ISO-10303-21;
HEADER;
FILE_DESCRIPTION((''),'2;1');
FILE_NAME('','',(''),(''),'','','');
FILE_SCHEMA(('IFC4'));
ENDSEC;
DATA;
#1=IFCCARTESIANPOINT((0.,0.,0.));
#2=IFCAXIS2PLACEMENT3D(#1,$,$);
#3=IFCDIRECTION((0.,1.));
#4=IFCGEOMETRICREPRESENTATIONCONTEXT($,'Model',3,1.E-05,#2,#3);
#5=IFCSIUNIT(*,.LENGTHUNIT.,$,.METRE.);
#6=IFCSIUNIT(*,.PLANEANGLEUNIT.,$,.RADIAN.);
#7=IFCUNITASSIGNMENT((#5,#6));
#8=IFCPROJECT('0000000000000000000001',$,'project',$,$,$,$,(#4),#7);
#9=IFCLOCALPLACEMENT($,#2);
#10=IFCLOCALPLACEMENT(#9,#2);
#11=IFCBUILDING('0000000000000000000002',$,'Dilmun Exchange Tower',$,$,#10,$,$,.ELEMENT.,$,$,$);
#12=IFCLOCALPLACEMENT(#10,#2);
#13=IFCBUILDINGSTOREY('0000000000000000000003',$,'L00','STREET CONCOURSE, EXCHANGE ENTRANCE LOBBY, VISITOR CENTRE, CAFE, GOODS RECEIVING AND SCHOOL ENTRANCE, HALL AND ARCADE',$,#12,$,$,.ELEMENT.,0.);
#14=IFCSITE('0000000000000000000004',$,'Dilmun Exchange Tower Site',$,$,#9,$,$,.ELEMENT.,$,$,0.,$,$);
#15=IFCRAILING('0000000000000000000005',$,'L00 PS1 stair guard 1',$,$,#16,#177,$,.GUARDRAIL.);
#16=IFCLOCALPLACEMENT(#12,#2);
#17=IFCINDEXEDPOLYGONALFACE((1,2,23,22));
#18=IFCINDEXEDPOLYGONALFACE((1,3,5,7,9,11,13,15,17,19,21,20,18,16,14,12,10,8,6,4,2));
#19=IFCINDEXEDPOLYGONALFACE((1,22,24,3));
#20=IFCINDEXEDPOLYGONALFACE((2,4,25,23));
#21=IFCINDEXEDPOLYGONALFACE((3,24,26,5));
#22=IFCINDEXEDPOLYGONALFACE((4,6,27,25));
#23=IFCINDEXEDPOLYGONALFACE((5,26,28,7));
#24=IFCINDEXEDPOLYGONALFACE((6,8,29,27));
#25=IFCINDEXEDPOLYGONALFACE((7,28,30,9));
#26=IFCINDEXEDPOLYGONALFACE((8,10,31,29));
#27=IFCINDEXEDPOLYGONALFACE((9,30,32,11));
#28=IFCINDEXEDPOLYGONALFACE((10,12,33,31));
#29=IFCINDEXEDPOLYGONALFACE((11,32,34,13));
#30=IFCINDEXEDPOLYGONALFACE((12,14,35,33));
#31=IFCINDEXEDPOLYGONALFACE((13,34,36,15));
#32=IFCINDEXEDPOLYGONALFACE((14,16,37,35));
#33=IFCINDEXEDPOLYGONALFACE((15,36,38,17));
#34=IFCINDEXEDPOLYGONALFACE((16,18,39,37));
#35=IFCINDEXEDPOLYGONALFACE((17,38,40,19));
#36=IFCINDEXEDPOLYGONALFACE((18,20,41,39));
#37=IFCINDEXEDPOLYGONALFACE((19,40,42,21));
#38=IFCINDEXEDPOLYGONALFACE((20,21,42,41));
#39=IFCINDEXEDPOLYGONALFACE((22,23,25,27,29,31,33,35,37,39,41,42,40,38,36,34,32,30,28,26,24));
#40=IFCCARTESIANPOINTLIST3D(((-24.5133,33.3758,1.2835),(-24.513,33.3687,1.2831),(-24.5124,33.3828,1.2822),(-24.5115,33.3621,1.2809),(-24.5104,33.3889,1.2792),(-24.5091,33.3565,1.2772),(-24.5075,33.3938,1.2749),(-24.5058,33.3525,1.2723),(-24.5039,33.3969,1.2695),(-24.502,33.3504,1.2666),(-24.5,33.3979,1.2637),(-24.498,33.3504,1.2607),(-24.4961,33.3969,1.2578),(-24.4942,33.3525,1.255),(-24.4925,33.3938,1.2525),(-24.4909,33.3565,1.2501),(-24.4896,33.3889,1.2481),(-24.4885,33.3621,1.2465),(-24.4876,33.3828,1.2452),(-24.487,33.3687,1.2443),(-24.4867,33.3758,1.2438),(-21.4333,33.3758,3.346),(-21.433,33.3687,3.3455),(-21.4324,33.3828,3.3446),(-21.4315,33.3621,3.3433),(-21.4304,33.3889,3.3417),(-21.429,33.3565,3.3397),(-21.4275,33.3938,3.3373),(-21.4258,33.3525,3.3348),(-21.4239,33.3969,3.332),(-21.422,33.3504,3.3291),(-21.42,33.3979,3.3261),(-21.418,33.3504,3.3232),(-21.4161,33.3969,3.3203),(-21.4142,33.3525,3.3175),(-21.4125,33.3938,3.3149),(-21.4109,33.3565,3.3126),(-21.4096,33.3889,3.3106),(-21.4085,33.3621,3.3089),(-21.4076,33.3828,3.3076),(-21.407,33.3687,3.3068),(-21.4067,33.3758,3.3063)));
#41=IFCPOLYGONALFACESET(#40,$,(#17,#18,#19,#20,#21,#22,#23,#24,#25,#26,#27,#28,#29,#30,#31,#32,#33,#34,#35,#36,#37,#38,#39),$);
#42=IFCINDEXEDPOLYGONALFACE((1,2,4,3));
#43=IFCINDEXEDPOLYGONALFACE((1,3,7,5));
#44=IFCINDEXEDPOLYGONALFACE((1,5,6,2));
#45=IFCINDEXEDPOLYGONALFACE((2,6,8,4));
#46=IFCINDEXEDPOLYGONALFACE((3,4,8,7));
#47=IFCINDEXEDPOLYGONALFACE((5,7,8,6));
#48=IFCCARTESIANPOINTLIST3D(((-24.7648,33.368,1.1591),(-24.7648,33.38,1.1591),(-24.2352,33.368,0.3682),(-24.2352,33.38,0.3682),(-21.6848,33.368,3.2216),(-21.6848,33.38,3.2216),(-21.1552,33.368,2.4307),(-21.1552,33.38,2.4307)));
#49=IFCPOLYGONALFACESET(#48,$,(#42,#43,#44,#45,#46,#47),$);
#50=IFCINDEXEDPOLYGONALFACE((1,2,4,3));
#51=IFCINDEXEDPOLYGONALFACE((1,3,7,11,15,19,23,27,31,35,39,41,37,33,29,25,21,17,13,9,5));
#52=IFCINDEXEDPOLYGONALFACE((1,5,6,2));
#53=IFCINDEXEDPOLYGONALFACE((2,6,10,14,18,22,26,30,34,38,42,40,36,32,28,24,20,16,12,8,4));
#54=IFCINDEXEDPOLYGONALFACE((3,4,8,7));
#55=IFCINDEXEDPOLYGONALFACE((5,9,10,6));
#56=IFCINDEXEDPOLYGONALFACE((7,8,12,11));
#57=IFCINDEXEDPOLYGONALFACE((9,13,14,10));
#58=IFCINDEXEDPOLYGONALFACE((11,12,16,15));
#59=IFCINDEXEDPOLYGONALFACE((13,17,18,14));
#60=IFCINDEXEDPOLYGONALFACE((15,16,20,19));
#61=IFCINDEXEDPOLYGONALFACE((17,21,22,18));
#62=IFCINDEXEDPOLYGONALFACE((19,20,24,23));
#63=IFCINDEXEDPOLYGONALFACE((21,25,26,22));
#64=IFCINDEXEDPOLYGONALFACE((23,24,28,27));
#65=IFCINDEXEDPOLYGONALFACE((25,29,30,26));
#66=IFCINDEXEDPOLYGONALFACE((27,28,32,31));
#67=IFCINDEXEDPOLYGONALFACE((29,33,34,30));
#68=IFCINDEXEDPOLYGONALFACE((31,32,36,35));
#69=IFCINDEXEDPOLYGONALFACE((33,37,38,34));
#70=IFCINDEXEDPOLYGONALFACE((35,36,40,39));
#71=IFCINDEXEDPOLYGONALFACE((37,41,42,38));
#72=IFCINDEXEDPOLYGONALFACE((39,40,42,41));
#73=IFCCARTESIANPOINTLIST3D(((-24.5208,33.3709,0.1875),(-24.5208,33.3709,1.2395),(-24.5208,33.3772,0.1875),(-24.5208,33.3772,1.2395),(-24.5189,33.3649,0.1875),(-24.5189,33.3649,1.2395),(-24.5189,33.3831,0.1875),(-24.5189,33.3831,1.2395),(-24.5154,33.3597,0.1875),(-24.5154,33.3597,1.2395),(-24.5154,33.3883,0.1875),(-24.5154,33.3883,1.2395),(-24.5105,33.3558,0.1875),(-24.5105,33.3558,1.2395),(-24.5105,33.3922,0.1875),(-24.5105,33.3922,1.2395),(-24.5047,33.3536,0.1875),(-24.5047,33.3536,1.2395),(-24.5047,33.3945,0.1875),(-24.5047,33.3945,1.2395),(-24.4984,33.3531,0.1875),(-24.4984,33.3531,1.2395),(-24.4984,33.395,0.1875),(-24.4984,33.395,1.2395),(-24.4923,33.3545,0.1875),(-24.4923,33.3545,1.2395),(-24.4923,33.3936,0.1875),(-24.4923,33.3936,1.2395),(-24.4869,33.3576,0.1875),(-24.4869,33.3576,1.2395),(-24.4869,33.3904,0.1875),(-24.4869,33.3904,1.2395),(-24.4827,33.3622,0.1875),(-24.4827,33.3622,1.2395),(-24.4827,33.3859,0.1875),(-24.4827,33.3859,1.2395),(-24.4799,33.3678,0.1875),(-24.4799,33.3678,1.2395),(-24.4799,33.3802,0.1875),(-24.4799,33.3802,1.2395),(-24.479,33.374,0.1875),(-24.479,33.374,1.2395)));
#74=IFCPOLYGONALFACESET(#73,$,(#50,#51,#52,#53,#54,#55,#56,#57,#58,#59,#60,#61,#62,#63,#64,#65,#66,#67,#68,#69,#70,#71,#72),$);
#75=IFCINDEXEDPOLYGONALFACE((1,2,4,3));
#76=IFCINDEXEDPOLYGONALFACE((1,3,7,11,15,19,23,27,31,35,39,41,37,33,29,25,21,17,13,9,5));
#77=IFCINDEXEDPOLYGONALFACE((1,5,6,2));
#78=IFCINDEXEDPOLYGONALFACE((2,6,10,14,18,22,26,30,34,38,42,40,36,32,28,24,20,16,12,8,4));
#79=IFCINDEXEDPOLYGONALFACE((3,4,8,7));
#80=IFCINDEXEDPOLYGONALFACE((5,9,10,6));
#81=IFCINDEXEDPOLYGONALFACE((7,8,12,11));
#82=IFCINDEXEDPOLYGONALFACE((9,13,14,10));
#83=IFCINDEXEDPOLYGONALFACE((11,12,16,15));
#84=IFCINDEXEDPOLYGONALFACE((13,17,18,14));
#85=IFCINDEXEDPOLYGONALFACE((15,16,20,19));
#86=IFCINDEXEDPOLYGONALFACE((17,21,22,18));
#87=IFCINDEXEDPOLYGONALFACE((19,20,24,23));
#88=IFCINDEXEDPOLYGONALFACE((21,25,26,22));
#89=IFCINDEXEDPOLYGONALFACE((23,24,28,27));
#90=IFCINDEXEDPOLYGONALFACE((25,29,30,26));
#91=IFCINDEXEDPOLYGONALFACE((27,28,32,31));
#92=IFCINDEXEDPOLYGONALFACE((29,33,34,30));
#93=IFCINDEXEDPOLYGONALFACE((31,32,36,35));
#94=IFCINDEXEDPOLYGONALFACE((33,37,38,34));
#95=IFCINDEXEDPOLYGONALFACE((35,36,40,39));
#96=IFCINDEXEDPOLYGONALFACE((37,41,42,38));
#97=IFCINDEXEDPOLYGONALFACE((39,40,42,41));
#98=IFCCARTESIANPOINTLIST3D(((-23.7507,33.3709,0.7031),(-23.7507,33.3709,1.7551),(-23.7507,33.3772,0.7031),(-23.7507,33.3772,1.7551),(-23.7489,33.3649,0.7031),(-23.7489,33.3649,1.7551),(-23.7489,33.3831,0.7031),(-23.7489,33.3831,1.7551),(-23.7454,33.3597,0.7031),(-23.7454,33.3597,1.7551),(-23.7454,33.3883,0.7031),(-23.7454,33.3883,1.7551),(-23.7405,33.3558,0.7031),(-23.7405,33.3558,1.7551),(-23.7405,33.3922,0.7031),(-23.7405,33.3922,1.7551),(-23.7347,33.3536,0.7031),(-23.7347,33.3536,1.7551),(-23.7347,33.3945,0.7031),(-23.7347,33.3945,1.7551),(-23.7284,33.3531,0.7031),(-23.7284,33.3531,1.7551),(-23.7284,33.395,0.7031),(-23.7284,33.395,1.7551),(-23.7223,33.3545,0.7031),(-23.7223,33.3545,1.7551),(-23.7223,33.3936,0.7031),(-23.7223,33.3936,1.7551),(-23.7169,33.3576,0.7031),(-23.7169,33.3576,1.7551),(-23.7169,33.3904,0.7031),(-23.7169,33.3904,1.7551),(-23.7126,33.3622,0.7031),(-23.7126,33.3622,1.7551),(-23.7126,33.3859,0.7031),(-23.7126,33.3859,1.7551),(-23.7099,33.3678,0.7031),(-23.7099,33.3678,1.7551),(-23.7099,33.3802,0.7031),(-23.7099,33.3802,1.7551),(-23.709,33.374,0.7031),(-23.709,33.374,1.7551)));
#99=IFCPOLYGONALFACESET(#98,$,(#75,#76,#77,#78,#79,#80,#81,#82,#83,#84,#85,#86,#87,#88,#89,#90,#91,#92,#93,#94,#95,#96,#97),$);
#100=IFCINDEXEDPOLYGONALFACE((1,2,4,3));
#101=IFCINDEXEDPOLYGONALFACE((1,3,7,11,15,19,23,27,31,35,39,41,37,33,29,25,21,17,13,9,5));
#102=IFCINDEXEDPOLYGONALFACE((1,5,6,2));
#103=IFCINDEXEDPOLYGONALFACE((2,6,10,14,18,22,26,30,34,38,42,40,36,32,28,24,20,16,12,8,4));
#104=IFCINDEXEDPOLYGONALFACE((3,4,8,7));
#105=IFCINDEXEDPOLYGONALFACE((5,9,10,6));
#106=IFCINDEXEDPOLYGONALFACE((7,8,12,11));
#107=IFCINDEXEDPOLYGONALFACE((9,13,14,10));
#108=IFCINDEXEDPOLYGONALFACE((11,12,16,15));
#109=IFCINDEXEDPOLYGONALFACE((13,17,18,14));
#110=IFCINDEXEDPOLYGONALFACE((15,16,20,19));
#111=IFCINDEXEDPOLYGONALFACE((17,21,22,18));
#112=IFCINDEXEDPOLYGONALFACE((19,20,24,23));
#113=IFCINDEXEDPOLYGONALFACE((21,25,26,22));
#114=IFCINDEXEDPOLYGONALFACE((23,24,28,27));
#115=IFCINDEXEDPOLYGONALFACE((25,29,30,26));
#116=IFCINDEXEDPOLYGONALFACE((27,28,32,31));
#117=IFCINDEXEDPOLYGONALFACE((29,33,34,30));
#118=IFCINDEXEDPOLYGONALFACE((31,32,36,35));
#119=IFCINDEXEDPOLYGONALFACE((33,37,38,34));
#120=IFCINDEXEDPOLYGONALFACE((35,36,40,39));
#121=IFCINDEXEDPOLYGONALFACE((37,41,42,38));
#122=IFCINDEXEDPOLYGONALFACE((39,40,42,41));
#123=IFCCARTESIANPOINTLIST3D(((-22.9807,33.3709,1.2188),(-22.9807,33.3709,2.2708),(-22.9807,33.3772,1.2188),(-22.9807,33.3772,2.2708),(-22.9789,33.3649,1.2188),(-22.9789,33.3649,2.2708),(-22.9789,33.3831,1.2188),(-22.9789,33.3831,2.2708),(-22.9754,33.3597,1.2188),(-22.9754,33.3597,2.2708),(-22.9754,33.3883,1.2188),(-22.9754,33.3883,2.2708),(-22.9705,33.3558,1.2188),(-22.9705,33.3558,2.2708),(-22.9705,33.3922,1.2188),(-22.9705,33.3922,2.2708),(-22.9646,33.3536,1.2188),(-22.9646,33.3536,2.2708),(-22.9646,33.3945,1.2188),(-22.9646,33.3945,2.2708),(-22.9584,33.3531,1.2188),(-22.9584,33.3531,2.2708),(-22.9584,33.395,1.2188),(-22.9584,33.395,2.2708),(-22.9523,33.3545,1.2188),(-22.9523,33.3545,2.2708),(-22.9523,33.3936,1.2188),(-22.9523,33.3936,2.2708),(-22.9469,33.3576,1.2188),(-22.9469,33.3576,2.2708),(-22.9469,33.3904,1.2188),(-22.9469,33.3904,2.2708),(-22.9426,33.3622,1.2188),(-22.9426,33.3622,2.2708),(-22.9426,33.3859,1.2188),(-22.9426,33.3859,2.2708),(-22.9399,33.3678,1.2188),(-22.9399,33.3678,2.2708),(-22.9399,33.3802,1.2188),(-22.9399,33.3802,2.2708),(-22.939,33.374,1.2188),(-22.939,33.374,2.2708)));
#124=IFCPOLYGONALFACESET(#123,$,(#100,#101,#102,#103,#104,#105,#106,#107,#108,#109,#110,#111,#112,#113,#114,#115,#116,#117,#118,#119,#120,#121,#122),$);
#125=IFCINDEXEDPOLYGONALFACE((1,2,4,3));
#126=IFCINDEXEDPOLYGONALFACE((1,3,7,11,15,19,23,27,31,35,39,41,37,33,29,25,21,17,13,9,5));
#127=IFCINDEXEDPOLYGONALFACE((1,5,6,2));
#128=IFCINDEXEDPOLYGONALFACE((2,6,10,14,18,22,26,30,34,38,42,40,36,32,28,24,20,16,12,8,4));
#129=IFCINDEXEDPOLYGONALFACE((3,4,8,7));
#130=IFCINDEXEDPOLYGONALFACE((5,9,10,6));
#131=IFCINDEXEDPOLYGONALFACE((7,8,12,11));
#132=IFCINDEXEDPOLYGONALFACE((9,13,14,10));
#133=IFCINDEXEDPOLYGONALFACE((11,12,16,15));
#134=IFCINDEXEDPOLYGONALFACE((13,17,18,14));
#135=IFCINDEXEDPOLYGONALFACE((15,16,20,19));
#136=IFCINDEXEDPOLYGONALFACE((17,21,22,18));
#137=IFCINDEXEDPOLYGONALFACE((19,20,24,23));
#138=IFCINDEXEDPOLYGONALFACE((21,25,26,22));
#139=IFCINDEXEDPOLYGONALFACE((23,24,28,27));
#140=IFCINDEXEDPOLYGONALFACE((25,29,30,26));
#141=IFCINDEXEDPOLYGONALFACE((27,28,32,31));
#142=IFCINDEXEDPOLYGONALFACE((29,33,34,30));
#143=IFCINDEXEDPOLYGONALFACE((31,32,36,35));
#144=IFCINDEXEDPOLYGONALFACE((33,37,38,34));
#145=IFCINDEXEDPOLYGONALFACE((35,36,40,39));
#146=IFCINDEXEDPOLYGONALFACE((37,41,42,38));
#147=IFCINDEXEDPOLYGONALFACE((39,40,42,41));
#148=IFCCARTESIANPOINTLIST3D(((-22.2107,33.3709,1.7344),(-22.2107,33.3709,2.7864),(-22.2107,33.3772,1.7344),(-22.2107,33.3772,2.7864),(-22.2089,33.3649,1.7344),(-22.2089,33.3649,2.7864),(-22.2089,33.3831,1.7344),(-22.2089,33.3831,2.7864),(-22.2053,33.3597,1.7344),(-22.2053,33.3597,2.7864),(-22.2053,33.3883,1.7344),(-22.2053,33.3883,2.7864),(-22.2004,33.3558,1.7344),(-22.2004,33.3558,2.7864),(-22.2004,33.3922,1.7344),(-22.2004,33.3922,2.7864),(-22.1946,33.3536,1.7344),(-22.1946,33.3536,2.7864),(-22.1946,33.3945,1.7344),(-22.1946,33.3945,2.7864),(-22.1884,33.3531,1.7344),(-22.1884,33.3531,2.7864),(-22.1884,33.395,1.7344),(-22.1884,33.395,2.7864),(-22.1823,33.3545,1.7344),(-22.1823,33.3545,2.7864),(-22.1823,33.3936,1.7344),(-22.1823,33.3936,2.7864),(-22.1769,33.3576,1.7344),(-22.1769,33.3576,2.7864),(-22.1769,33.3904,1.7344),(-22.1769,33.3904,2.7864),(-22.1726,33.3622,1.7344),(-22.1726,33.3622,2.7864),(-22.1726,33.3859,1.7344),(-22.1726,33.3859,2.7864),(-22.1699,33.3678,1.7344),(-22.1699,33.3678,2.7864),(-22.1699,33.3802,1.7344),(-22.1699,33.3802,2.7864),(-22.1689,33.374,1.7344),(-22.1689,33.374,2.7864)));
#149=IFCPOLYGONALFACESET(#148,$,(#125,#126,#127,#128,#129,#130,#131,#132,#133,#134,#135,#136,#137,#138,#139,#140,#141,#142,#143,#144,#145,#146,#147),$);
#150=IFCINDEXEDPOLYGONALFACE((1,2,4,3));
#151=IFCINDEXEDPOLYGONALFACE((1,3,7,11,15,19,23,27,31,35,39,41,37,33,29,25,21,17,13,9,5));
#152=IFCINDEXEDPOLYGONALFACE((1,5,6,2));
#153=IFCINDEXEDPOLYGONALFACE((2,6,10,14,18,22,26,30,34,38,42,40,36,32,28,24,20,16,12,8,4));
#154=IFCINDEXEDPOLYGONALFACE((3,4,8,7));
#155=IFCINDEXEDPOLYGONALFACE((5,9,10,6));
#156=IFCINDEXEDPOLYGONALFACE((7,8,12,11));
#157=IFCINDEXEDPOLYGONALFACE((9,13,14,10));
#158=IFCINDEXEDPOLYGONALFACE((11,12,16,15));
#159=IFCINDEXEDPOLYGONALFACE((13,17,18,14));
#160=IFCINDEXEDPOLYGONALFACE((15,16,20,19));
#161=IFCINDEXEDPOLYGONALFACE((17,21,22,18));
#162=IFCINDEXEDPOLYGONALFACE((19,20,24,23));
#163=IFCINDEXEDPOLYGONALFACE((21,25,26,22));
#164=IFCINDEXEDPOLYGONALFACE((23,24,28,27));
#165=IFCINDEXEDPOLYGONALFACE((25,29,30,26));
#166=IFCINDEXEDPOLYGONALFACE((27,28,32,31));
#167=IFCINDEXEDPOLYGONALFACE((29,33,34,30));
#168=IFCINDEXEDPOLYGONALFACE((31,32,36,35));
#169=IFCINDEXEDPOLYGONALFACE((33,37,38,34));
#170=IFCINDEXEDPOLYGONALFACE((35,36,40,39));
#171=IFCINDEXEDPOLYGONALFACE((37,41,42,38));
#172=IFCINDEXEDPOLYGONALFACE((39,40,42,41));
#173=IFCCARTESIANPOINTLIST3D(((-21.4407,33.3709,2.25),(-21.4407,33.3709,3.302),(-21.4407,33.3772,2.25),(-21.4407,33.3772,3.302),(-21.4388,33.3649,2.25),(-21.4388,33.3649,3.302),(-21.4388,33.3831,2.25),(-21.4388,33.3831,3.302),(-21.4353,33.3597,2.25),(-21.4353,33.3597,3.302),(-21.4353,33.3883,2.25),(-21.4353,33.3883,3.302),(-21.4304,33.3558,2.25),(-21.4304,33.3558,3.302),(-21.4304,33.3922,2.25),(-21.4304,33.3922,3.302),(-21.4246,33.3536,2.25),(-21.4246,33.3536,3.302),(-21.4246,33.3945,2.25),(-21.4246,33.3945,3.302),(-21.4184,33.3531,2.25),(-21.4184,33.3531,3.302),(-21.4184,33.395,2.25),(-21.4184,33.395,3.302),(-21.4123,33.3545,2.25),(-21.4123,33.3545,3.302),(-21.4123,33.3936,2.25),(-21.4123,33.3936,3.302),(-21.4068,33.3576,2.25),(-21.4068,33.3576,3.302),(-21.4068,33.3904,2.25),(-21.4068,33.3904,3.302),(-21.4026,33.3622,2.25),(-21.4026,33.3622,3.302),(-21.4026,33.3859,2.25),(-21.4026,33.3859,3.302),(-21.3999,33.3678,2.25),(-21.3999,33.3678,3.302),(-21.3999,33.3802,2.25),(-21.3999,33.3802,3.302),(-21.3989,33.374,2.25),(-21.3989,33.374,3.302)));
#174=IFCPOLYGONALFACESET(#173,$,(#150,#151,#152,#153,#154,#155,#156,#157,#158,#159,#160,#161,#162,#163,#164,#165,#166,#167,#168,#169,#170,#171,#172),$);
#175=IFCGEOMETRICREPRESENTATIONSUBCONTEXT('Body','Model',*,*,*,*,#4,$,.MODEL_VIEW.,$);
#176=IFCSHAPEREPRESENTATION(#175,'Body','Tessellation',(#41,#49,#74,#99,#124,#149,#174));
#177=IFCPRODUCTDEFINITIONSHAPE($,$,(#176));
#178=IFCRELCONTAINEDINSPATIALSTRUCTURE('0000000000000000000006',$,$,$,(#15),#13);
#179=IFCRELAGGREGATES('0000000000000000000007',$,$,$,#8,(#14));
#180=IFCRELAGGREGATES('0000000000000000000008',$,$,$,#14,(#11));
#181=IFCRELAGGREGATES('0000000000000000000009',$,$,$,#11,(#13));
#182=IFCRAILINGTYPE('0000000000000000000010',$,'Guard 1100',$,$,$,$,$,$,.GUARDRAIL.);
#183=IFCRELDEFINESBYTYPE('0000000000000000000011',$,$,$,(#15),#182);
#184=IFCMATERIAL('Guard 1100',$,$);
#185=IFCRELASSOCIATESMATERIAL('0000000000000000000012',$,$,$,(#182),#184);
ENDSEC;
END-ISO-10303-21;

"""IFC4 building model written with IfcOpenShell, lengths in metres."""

from ifc_helpers import new_model, si_unit, direction, frame, origin, origin_2d, place, context, subcontext, project, spatial, rectangle, circle, extrude, material, type_object, element, save


model = new_model("IFC4")

# Units and contexts
model_context = context("Model", 3, precision=1e-05, world=origin(), true_north=direction((0.0, 1.0)))
body_context = subcontext(model_context, "Body", "Model", "MODEL_VIEW")
ifc_project = project(units=[si_unit("LENGTHUNIT", "METRE"), si_unit("PLANEANGLEUNIT", "RADIAN")], contexts=[model_context])

# Site, building, storey
site_placement = place(None, origin())
site = spatial("IfcSite", under=ifc_project, at=site_placement, Name="Dilmun Exchange Tower Site", CompositionType="ELEMENT", RefElevation=0.0)
building_placement = place(site_placement, origin())
building = spatial("IfcBuilding", under=site, at=building_placement, Name="Dilmun Exchange Tower", CompositionType="ELEMENT")
storey_placement = place(building_placement, origin())
storey = spatial("IfcBuildingStorey", under=building, at=storey_placement, Name="L00", Description="STREET CONCOURSE, EXCHANGE ENTRANCE LOBBY, VISITOR CENTRE, CAFE, GOODS RECEIVING AND SCHOOL ENTRANCE, HALL AND ARCADE", CompositionType="ELEMENT", Elevation=0.0)

# Railing
ifc_material_1 = material(Name="Guard 1100")
railing_type_1 = type_object("IfcRailingType", Name="Guard 1100", PredefinedType="GUARDRAIL", material=ifc_material_1)
railing_1_placement = place(storey_placement, frame((-24.5, 33.374, 0.1875)))
element("IfcRailing", 1, at=railing_1_placement, inside=storey, type_object=railing_type_1, Name="L00 PS1 stair guard 1", PredefinedType="GUARDRAIL", context=body_context, shape_type="SweptSolid", body=[
    extrude(circle(Radius=0.0239, at=origin_2d()), frame((0.0, 0.0, 1.0762), z_axis=(0.830914, 0.0, 0.556401), x_axis=(0.0, 1.0, 0.0)), (0.0, 0.0, 1.0), 3.7068),
    extrude(rectangle(XDim=0.012, YDim=0.9519, at=origin_2d()), frame((0.0, 0.0, 0.5762), z_axis=(0.830914, 0.0, 0.556401), x_axis=(0.0, 1.0, 0.0)), (0.0, 0.0, 1.0), 3.7068),
    extrude(circle(Radius=0.021, at=origin_2d()), origin(), (0.0, 0.0, 1.0), 1.052),
    extrude(circle(Radius=0.021, at=origin_2d()), frame((0.77, 0.0, 0.5156)), (0.0, 0.0, 1.0), 1.052),
    extrude(circle(Radius=0.021, at=origin_2d()), frame((1.54, 0.0, 1.0312)), (0.0, 0.0, 1.0), 1.052),
    extrude(circle(Radius=0.021, at=origin_2d()), frame((2.3101, 0.0, 1.5469)), (0.0, 0.0, 1.0), 1.052),
    extrude(circle(Radius=0.021, at=origin_2d()), frame((3.0801, 0.0, 2.0625)), (0.0, 0.0, 1.0), 1.052),
])

save(model, "model.ifc")
